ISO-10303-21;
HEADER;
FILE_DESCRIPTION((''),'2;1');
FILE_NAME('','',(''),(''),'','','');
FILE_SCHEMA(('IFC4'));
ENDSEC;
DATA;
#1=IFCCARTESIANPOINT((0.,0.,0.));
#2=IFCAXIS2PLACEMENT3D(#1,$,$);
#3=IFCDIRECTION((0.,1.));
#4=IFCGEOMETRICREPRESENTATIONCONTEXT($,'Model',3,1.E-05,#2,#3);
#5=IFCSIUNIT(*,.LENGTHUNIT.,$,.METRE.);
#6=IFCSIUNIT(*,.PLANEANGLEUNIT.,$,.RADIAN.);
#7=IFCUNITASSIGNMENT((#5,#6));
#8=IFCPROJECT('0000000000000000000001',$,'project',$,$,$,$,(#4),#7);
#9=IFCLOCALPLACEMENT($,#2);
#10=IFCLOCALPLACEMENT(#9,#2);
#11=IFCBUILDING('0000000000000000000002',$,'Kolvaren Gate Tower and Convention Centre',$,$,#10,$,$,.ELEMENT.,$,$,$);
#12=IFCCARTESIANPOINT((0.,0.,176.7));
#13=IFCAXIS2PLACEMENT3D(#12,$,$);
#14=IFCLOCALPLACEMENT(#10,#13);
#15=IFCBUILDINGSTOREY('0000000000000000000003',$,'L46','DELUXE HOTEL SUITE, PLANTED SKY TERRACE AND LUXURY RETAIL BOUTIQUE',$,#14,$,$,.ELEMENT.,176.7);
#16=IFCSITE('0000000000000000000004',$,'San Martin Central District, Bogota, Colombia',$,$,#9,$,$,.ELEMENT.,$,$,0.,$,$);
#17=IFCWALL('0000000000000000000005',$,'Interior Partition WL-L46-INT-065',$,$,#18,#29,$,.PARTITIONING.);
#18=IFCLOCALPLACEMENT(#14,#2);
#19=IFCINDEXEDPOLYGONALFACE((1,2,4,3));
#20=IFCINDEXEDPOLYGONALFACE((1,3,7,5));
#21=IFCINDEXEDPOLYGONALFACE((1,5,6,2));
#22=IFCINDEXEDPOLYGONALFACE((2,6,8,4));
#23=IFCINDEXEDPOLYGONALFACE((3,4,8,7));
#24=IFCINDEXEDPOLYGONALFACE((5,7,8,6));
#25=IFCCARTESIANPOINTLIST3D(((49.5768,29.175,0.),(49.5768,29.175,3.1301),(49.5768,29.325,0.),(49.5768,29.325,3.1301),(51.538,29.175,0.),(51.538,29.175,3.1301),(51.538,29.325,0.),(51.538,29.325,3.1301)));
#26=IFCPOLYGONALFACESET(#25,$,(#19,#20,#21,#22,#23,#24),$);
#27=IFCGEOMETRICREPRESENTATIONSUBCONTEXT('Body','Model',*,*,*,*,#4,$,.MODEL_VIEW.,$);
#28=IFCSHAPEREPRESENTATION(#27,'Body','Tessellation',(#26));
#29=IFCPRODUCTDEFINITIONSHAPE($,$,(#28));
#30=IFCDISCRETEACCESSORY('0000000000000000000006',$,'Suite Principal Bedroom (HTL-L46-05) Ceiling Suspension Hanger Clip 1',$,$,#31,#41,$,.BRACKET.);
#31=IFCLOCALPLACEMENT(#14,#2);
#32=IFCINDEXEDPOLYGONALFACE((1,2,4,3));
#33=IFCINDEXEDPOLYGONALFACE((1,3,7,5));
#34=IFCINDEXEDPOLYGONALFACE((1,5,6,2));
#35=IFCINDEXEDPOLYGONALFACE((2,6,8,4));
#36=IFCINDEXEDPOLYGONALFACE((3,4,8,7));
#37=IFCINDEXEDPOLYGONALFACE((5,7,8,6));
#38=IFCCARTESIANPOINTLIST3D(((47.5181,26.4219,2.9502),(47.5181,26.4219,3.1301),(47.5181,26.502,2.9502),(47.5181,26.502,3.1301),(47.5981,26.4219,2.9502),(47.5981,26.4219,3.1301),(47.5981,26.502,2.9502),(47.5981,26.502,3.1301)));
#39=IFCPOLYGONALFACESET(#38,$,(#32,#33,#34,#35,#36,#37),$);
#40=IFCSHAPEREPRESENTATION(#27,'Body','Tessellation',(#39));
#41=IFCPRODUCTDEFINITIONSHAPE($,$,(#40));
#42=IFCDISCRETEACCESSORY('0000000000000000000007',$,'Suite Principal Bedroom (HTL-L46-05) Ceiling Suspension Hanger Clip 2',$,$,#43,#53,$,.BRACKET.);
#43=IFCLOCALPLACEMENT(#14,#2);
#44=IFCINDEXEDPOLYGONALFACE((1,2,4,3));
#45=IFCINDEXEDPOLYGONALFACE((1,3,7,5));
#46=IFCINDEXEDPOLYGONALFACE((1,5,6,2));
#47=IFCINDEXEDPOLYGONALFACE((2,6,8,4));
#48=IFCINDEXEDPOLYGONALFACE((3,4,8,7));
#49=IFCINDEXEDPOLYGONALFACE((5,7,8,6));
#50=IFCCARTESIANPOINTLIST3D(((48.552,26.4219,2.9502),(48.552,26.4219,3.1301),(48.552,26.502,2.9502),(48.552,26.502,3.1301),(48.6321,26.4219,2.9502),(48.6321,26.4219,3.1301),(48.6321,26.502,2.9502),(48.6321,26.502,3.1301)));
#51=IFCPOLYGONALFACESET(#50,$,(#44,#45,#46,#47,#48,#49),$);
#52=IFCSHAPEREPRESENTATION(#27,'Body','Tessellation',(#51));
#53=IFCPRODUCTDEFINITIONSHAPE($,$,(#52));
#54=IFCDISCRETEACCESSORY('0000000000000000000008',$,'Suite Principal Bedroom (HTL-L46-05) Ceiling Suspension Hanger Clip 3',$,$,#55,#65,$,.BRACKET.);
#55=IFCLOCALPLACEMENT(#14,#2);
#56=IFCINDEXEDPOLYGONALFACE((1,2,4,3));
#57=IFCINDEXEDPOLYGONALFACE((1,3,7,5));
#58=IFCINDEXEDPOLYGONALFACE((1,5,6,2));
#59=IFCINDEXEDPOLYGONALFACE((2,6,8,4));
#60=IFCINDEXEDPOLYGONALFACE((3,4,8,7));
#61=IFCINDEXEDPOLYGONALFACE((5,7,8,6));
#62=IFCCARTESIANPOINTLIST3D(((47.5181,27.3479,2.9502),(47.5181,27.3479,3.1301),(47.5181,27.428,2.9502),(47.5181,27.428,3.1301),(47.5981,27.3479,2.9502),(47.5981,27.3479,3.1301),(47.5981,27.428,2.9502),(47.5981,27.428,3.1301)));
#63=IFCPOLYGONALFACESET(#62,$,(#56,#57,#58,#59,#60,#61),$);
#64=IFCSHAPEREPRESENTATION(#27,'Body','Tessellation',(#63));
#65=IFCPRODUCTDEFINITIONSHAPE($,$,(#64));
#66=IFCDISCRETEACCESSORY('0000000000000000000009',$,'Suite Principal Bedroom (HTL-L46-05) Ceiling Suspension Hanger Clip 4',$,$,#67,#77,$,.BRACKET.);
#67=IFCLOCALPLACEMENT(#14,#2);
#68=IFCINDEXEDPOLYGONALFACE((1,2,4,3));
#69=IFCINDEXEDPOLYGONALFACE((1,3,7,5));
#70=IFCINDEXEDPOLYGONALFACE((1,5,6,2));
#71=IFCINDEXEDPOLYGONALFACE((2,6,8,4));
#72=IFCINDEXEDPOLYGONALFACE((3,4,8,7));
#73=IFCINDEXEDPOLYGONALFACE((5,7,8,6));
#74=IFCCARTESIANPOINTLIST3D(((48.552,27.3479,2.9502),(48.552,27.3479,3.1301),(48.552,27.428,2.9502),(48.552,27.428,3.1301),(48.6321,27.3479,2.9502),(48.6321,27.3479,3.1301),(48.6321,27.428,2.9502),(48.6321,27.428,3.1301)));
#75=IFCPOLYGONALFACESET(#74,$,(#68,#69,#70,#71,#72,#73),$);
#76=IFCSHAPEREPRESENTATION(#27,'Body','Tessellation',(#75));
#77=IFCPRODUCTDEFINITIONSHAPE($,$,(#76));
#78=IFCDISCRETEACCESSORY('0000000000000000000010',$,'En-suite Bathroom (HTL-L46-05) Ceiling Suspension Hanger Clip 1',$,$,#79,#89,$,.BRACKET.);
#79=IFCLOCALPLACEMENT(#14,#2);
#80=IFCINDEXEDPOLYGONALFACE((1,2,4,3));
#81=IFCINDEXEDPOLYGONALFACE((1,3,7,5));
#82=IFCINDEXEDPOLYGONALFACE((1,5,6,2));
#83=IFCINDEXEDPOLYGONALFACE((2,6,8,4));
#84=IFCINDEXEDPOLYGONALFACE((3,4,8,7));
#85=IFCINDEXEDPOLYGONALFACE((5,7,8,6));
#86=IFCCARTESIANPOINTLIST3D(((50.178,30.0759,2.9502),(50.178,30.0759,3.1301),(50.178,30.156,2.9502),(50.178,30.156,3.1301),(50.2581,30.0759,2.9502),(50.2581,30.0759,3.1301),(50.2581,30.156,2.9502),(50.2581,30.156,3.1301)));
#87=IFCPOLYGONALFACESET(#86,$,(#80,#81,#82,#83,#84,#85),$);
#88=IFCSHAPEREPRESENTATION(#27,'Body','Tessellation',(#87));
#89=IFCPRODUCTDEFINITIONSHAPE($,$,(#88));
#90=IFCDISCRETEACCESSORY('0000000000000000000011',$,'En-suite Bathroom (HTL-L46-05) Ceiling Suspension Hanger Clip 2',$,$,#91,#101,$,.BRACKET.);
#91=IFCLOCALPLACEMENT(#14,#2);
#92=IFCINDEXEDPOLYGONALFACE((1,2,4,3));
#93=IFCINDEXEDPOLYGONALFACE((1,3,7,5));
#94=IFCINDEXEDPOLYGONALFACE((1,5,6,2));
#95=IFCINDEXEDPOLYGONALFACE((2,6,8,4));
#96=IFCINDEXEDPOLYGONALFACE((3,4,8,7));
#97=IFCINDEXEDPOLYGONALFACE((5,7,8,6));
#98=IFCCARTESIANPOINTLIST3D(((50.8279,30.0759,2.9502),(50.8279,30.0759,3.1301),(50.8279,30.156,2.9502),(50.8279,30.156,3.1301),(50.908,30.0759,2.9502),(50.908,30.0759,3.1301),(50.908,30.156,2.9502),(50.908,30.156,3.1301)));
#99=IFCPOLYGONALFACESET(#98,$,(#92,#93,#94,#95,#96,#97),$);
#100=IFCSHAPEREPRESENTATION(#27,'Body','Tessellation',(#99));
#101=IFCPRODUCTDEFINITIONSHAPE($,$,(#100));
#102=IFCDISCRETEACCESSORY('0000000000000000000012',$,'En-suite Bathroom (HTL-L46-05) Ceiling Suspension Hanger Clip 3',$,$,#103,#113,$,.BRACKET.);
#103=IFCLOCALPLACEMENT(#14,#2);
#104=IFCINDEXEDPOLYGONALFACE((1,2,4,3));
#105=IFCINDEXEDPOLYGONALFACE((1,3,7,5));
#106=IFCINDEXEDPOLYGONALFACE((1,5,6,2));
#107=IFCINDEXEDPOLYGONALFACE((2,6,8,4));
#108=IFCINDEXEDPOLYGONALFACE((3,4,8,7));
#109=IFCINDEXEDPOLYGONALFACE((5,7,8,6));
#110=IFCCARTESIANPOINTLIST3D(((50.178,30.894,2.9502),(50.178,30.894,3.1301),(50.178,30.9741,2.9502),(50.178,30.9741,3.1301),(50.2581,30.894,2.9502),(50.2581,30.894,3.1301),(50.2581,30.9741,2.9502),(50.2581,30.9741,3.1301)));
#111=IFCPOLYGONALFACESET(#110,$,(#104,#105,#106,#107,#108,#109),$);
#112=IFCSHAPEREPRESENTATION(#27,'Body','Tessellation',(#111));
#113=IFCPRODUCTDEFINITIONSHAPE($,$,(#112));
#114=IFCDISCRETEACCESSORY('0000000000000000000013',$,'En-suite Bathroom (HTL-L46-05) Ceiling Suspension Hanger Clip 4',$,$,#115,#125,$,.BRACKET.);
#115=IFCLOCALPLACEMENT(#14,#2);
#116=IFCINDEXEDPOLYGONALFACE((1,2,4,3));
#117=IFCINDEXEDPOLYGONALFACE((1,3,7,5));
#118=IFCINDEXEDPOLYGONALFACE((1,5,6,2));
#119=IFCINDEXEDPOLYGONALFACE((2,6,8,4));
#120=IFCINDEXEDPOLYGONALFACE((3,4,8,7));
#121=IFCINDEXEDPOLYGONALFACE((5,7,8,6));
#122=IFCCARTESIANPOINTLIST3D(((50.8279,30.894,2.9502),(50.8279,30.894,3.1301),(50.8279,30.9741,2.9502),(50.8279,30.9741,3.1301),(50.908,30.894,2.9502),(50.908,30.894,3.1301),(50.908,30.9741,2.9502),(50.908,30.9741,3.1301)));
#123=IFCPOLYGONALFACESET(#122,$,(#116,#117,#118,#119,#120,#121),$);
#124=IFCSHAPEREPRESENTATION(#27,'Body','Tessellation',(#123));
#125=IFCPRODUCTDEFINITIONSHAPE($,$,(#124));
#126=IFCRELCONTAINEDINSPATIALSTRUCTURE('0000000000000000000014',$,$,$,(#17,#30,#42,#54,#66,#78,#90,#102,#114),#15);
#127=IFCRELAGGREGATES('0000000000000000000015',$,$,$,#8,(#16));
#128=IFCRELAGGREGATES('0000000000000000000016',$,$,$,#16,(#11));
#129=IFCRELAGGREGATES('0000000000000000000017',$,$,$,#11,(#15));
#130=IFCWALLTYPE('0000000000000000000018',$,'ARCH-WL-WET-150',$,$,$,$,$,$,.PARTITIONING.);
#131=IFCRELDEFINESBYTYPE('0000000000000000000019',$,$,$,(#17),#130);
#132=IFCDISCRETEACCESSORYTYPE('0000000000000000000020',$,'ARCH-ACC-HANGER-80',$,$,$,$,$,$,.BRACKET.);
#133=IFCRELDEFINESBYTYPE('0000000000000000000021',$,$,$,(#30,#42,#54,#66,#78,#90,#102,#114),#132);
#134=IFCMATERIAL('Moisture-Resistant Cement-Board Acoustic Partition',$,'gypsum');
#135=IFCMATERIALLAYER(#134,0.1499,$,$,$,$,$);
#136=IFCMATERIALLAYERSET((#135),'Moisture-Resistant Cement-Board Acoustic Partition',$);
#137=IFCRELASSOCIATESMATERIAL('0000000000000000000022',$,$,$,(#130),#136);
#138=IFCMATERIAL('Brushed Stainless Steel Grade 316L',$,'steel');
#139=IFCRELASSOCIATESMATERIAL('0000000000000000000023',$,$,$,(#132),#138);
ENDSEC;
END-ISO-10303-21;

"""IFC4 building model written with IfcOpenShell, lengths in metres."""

from ifc_helpers import new_model, si_unit, direction, frame, frame_2d, origin, origin_2d, place, context, subcontext, project, spatial, rectangle, extrude, material, layer, layer_set, type_object, element, save


model = new_model("IFC4")

# Units and contexts
model_context = context("Model", 3, precision=1e-05, world=origin(), true_north=direction((0.0, 1.0)))
body_context = subcontext(model_context, "Body", "Model", "MODEL_VIEW")
ifc_project = project(units=[si_unit("LENGTHUNIT", "METRE"), si_unit("PLANEANGLEUNIT", "RADIAN")], contexts=[model_context])

# Site, building, storey
site_placement = place(None, origin())
site = spatial("IfcSite", under=ifc_project, at=site_placement, Name="San Martin Central District, Bogota, Colombia", CompositionType="ELEMENT", RefElevation=0.0)
building_placement = place(site_placement, origin())
building = spatial("IfcBuilding", under=site, at=building_placement, Name="Kolvaren Gate Tower and Convention Centre", CompositionType="ELEMENT")
storey_placement = place(building_placement, frame((0.0, 0.0, 176.7)))
storey = spatial("IfcBuildingStorey", under=building, at=storey_placement, Name="L46", Description="DELUXE HOTEL SUITE, PLANTED SKY TERRACE AND LUXURY RETAIL BOUTIQUE", CompositionType="ELEMENT", Elevation=176.7)

# Shared definitions
ifc_material_1 = material(Name="Moisture-Resistant Cement-Board Acoustic Partition", Category="gypsum")
ifc_layer_1 = layer(ifc_material_1, 0.1499)
ifc_layer_set_1 = layer_set([ifc_layer_1], Name="Moisture-Resistant Cement-Board Acoustic Partition")
wall_type_1 = type_object("IfcWallType", Name="ARCH-WL-WET-150", PredefinedType="PARTITIONING", material=ifc_layer_set_1)

# Wall
wall_1_placement = place(storey_placement, frame((49.5769, 29.25, 0.0), z_axis=(0.0, 0.0, 1.0), x_axis=(1.0, 0.0, 0.0)))
element("IfcWall", 1, at=wall_1_placement, inside=storey, type_object=wall_type_1, Name="Interior Partition WL-L46-INT-065", PredefinedType="PARTITIONING", context=body_context, shape_type="SweptSolid", body=[
    extrude(rectangle(XDim=1.9612, YDim=0.1499, at=frame_2d((0.9805, 0.0))), origin(), (0.0, 0.0, 1.0), 3.1301),
])

# Discrete accessories
ifc_material_2 = material(Name="Brushed Stainless Steel Grade 316L", Category="steel")
discrete_accessory_type = type_object("IfcDiscreteAccessoryType", Name="ARCH-ACC-HANGER-80", PredefinedType="BRACKET", material=ifc_material_2)
for number, where, z_axis, x_axis, name in (
    (2, (47.5581, 26.4619, 2.9502), (0.0, 0.0, 1.0), (1.0, 0.0, 0.0), "Suite Principal Bedroom (HTL-L46-05) Ceiling Suspension Hanger Clip 1"),
    (3, (48.592, 26.4619, 2.9502), (0.0, 0.0, 1.0), (1.0, 0.0, 0.0), "Suite Principal Bedroom (HTL-L46-05) Ceiling Suspension Hanger Clip 2"),
    (4, (47.5581, 27.3879, 2.9502), (0.0, 0.0, 1.0), (1.0, 0.0, 0.0), "Suite Principal Bedroom (HTL-L46-05) Ceiling Suspension Hanger Clip 3"),
    (5, (48.592, 27.3879, 2.9502), (0.0, 0.0, 1.0), (1.0, 0.0, 0.0), "Suite Principal Bedroom (HTL-L46-05) Ceiling Suspension Hanger Clip 4"),
    (6, (50.218, 30.116, 2.9502), (0.0, 0.0, 1.0), (1.0, 0.0, 0.0), "En-suite Bathroom (HTL-L46-05) Ceiling Suspension Hanger Clip 1"),
    (7, (50.8679, 30.116, 2.9502), (0.0, 0.0, 1.0), (1.0, 0.0, 0.0), "En-suite Bathroom (HTL-L46-05) Ceiling Suspension Hanger Clip 2"),
    (8, (50.218, 30.9341, 2.9502), (0.0, 0.0, 1.0), (1.0, 0.0, 0.0), "En-suite Bathroom (HTL-L46-05) Ceiling Suspension Hanger Clip 3"),
    (9, (50.8679, 30.9341, 2.9502), (0.0, 0.0, 1.0), (1.0, 0.0, 0.0), "En-suite Bathroom (HTL-L46-05) Ceiling Suspension Hanger Clip 4"),
):
    element("IfcDiscreteAccessory", number, at=place(storey_placement, frame(where, z_axis=z_axis, x_axis=x_axis)), inside=storey, type_object=discrete_accessory_type, Name=name, PredefinedType="BRACKET", context=body_context, shape_type="SweptSolid", body=[
        extrude(rectangle(XDim=0.0801, YDim=0.0801, at=origin_2d()), origin(), (0.0, 0.0, 1.0), 0.1799),
    ])

save(model, "model.ifc")
